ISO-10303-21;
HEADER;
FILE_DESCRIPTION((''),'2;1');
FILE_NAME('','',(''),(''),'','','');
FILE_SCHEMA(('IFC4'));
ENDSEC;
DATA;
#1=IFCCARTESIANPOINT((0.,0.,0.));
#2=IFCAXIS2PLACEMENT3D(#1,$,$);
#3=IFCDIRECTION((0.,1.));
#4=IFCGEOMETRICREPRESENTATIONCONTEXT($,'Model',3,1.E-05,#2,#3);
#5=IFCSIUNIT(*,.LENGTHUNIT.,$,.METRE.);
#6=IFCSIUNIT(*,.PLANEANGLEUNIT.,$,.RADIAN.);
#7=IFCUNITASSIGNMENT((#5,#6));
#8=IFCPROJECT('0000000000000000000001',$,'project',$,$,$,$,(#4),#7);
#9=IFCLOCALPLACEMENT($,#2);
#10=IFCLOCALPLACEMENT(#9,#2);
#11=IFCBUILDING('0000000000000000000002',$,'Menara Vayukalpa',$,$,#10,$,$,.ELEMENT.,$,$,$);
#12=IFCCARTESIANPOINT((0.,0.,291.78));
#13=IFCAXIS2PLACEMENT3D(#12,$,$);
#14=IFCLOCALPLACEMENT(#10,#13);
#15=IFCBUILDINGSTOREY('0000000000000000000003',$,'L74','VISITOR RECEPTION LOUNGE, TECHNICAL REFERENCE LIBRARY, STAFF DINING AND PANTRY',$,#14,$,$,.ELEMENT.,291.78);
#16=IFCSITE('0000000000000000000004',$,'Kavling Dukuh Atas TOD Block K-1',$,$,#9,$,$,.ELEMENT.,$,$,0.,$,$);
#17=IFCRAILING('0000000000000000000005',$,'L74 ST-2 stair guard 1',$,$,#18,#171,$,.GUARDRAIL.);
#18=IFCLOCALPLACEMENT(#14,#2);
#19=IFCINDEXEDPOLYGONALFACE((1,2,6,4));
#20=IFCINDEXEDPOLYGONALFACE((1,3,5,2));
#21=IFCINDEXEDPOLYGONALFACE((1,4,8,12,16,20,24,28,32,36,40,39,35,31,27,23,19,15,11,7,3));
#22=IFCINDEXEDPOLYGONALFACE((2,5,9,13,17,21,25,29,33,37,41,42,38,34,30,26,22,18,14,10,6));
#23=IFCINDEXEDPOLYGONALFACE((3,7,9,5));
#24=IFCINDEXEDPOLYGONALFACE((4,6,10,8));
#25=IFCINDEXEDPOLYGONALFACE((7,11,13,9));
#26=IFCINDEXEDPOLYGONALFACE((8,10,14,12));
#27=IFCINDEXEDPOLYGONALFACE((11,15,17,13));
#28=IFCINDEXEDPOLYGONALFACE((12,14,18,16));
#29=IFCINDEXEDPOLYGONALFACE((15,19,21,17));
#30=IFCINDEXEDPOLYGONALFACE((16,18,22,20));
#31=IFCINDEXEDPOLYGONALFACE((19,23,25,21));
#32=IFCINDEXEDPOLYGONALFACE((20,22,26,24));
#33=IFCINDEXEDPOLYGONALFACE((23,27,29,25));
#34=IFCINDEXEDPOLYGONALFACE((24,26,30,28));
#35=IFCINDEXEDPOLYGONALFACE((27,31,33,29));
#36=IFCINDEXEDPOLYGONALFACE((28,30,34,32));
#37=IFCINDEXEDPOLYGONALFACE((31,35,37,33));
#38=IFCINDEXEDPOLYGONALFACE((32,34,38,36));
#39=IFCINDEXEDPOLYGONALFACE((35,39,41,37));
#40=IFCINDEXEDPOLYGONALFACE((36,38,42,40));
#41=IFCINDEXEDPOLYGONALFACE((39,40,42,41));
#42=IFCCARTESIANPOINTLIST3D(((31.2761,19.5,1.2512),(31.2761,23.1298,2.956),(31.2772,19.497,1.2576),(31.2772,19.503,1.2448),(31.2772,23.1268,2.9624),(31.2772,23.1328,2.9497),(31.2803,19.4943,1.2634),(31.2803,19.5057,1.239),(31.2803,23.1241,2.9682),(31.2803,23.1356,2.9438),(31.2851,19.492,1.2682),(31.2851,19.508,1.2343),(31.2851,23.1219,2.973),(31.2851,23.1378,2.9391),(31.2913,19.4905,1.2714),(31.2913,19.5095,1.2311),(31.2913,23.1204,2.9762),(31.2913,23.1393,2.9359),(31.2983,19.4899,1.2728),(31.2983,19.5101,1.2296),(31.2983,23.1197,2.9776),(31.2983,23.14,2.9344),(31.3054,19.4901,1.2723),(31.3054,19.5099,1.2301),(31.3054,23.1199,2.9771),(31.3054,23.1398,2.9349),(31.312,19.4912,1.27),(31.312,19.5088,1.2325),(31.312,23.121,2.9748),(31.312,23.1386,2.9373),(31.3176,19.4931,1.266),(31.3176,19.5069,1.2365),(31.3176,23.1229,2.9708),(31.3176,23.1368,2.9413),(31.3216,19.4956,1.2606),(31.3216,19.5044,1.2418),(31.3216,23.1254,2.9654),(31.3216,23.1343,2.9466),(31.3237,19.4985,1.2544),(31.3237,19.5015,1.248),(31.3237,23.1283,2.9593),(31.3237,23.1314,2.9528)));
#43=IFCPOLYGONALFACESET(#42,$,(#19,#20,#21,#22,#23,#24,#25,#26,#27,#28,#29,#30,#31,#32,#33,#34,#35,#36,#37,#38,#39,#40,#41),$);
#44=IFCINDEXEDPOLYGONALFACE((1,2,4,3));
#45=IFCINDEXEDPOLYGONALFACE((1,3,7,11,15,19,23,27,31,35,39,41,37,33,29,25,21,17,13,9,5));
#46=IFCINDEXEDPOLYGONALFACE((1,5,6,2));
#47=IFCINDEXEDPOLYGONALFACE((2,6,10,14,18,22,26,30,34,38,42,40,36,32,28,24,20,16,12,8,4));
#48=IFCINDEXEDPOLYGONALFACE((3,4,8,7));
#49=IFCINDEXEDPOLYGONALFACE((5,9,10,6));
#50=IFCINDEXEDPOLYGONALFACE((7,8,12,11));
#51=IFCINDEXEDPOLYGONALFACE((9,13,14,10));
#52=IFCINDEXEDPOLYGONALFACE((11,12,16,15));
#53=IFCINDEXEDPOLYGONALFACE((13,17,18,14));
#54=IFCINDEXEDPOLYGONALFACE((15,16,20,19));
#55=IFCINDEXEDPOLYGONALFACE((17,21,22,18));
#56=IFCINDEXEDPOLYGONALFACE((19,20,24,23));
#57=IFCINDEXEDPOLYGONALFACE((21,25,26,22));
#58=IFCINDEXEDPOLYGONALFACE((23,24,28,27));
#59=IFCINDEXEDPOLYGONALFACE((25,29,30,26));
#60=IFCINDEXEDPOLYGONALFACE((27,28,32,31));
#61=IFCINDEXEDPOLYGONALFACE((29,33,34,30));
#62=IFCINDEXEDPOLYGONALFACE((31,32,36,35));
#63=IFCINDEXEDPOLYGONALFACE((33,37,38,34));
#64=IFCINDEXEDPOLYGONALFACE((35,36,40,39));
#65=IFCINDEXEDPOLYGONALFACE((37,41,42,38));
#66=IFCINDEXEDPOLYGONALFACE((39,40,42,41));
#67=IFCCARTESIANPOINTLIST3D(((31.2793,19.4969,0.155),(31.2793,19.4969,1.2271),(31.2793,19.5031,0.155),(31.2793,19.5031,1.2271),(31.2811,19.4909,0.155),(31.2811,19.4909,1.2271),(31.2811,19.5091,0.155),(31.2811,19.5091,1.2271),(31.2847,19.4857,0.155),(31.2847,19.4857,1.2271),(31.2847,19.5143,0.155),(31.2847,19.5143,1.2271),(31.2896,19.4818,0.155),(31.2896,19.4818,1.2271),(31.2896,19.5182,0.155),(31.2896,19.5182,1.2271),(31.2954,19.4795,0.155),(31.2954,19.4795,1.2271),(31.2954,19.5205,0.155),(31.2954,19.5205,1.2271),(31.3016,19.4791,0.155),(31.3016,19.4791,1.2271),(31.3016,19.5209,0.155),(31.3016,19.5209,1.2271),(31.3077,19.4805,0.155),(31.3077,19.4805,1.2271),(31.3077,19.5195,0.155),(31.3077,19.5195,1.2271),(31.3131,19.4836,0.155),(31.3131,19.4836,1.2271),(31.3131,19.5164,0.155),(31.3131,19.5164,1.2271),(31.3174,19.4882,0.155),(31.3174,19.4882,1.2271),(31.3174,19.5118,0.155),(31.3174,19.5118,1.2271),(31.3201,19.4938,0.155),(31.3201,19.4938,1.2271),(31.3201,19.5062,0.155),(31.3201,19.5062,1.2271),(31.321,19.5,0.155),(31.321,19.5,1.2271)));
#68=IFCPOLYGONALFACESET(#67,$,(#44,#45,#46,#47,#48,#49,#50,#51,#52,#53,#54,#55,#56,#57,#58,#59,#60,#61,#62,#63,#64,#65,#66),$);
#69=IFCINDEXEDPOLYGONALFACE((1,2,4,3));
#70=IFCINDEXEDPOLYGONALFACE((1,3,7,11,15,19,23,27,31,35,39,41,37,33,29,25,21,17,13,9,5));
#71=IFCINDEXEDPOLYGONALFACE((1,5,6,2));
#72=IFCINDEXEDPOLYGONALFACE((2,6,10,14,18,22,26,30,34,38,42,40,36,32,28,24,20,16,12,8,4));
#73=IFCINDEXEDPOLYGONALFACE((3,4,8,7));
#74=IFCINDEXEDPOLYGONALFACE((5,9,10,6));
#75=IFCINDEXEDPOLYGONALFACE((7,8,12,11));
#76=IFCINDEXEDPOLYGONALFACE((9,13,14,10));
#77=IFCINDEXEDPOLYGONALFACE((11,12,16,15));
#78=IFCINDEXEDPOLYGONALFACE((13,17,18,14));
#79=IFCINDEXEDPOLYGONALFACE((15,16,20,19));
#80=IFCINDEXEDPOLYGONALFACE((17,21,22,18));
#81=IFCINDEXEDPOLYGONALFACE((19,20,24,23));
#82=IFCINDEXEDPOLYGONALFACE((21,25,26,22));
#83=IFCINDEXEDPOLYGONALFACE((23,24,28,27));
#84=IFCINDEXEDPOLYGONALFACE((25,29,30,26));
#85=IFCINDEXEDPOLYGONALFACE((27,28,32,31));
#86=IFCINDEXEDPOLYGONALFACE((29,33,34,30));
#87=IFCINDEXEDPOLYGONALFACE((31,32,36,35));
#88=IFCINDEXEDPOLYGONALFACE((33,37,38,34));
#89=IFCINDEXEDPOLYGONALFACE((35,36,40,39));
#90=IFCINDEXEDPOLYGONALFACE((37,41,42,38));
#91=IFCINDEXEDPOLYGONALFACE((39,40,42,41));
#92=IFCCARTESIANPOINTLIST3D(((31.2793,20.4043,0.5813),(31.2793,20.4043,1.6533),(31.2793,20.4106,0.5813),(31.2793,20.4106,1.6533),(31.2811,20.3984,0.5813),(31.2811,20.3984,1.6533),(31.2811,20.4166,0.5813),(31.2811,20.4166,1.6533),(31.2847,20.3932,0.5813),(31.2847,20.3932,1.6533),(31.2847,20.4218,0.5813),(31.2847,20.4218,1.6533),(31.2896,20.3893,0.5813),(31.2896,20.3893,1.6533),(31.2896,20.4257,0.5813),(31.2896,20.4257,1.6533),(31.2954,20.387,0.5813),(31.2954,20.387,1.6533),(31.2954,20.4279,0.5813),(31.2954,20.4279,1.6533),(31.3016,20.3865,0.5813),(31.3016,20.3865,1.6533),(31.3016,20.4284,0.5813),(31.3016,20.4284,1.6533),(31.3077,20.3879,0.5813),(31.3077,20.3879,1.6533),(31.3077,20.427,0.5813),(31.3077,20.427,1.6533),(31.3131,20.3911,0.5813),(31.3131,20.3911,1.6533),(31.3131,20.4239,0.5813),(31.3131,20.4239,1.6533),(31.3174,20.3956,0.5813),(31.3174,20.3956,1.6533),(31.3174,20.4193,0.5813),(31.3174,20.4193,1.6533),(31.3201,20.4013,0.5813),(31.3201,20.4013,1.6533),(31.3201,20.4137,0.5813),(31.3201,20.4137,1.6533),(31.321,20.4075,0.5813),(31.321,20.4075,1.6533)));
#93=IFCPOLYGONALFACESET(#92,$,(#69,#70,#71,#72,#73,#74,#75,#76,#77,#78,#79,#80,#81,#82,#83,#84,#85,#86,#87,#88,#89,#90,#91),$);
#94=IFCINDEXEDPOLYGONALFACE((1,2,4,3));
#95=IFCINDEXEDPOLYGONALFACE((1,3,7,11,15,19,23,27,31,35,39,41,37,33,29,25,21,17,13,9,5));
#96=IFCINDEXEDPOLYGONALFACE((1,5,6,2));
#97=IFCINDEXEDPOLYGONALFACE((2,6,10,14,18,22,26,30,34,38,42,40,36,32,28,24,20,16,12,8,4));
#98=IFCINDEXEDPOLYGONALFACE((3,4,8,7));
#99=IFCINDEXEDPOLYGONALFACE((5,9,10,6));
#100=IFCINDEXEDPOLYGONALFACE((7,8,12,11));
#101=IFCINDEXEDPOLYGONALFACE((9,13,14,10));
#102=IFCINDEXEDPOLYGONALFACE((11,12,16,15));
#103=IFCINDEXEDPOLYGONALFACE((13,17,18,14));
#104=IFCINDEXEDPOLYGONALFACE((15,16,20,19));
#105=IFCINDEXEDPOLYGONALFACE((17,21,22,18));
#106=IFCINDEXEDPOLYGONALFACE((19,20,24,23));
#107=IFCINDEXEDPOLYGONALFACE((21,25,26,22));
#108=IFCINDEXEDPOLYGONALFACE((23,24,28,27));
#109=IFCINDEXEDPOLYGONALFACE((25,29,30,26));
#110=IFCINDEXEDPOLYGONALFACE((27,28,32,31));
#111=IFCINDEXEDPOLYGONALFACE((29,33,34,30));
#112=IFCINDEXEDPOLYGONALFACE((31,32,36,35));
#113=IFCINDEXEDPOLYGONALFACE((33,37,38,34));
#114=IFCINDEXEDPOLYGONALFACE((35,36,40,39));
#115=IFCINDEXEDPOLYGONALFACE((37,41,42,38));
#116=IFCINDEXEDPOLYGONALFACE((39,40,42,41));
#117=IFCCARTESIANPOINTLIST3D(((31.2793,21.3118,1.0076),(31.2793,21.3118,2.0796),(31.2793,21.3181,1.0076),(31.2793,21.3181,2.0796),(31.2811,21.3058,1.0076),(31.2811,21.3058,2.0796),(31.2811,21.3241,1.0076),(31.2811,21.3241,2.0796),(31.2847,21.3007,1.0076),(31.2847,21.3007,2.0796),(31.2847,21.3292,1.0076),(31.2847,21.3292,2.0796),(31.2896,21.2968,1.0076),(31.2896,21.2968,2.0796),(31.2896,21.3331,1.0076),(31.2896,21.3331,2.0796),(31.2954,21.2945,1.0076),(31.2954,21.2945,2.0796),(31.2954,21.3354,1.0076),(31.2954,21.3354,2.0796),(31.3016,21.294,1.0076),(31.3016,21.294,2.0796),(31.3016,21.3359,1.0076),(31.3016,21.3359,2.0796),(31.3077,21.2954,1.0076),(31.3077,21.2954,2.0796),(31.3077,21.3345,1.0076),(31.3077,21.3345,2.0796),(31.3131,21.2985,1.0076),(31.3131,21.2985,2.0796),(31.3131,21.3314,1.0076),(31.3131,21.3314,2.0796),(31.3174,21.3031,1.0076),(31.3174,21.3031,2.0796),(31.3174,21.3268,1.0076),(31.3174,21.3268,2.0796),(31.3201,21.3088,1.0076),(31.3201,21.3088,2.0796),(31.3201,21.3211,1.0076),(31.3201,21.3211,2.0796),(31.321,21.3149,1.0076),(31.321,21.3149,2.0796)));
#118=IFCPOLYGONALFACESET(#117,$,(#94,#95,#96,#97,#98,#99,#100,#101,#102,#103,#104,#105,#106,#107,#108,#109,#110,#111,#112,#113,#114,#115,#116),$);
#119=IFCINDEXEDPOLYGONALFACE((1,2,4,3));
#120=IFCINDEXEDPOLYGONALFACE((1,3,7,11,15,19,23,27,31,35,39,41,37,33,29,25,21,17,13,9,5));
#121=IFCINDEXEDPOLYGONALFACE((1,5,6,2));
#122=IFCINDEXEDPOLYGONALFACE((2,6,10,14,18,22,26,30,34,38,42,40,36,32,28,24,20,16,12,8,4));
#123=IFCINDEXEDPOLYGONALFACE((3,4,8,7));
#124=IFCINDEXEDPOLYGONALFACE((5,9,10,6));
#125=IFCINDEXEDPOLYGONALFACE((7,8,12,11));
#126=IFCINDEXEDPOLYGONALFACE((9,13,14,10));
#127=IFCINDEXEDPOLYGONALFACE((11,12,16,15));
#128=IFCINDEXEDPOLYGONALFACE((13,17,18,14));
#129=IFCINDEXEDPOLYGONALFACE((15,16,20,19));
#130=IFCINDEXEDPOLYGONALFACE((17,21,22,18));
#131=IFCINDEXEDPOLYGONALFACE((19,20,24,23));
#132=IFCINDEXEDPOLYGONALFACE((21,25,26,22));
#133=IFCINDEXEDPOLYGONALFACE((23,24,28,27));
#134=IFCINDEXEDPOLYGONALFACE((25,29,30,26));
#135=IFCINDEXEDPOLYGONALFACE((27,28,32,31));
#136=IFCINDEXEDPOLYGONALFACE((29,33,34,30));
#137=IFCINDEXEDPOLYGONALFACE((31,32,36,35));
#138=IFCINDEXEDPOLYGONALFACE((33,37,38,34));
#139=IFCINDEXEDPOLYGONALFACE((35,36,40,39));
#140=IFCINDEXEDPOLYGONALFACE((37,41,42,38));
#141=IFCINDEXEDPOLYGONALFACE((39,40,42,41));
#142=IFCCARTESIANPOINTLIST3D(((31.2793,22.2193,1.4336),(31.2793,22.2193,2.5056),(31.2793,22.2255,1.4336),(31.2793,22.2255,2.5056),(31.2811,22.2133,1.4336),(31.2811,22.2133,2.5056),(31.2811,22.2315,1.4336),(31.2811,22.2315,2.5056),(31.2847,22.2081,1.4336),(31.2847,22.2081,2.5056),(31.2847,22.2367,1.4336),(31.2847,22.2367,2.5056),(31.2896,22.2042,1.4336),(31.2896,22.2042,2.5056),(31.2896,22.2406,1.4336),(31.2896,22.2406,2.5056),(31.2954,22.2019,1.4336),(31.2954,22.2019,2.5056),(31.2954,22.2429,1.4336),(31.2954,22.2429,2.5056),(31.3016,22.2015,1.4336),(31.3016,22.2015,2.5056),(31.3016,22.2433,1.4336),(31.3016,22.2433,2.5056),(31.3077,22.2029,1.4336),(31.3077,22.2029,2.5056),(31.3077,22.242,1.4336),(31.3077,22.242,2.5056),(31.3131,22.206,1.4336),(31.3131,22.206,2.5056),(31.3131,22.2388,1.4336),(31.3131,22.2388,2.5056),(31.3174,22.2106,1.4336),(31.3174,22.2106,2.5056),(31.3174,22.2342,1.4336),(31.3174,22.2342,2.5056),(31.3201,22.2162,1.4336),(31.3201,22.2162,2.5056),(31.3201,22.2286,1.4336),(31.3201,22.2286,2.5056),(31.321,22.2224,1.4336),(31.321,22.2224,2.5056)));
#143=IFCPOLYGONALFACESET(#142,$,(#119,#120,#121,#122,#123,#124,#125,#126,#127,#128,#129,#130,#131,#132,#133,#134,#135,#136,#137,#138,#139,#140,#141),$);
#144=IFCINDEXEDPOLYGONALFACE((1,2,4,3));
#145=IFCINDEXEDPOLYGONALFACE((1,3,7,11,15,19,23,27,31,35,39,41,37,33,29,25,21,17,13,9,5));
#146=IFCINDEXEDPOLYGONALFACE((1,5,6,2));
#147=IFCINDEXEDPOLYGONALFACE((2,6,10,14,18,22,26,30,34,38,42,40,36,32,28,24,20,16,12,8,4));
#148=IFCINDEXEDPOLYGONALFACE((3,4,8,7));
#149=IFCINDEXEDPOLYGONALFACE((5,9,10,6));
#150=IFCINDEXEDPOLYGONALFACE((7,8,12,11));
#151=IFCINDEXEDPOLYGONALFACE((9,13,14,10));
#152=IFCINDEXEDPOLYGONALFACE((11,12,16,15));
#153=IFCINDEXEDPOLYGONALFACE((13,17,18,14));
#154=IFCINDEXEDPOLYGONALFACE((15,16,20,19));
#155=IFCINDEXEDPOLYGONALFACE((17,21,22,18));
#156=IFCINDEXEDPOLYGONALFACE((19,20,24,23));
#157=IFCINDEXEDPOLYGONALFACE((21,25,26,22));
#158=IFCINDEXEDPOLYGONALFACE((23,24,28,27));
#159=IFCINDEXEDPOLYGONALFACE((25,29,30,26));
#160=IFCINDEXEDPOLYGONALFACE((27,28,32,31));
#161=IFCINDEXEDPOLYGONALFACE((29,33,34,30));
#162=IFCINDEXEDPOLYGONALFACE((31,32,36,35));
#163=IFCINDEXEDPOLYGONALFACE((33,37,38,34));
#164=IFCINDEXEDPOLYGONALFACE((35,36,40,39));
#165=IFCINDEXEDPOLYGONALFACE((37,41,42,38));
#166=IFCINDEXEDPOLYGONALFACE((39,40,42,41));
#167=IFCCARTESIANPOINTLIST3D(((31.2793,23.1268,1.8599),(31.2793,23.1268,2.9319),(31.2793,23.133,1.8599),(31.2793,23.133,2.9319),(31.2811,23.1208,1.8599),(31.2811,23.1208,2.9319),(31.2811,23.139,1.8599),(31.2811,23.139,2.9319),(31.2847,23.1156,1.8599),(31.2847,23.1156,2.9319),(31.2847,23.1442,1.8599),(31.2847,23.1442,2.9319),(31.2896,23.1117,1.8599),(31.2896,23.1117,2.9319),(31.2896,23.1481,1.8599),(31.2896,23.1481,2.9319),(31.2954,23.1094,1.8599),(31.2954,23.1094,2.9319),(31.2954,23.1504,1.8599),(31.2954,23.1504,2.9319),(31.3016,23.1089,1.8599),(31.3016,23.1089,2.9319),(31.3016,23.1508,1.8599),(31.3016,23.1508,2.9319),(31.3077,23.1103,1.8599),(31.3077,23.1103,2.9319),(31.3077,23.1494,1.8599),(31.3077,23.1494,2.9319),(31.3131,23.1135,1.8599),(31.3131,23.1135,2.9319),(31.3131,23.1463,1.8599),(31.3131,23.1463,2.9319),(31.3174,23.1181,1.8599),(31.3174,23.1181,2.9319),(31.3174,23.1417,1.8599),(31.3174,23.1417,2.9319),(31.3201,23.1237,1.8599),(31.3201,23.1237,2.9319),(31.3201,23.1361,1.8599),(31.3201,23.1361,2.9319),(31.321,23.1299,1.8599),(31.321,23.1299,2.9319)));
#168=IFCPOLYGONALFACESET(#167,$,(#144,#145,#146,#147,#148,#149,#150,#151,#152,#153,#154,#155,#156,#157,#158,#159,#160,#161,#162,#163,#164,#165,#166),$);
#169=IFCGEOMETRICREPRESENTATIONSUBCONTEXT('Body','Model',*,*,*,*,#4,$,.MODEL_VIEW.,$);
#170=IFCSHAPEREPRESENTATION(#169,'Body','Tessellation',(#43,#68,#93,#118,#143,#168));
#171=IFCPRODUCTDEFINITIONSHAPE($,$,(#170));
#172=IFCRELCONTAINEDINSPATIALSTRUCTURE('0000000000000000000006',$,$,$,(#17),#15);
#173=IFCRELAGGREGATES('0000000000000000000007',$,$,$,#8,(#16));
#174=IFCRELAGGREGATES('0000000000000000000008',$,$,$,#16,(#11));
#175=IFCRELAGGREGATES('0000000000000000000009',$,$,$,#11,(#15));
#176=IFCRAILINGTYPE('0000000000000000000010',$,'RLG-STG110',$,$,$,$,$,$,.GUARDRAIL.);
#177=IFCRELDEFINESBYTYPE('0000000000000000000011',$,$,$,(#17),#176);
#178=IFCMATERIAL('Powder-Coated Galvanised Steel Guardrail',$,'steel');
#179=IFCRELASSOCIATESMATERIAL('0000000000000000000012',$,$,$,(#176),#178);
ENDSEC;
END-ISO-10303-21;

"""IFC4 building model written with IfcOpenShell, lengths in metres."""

from ifc_helpers import new_model, si_unit, direction, frame, origin, origin_2d, place, context, subcontext, project, spatial, circle, extrude, material, type_object, element, save


model = new_model("IFC4")

# Units and contexts
model_context = context("Model", 3, precision=1e-05, world=origin(), true_north=direction((0.0, 1.0)))
body_context = subcontext(model_context, "Body", "Model", "MODEL_VIEW")
ifc_project = project(units=[si_unit("LENGTHUNIT", "METRE"), si_unit("PLANEANGLEUNIT", "RADIAN")], contexts=[model_context])

# Site, building, storey
site_placement = place(None, origin())
site = spatial("IfcSite", under=ifc_project, at=site_placement, Name="Kavling Dukuh Atas TOD Block K-1", CompositionType="ELEMENT", RefElevation=0.0)
building_placement = place(site_placement, origin())
building = spatial("IfcBuilding", under=site, at=building_placement, Name="Menara Vayukalpa", CompositionType="ELEMENT")
storey_placement = place(building_placement, frame((0.0, 0.0, 291.78)))
storey = spatial("IfcBuildingStorey", under=building, at=storey_placement, Name="L74", Description="VISITOR RECEPTION LOUNGE, TECHNICAL REFERENCE LIBRARY, STAFF DINING AND PANTRY", CompositionType="ELEMENT", Elevation=291.78)

# Railing
ifc_material_1 = material(Name="Powder-Coated Galvanised Steel Guardrail", Category="steel")
railing_type_1 = type_object("IfcRailingType", Name="RLG-STG110", PredefinedType="GUARDRAIL", material=ifc_material_1)
railing_1_placement = place(storey_placement, frame((31.3, 19.5, 0.155)))
element("IfcRailing", 1, at=railing_1_placement, inside=storey, type_object=railing_type_1, Name="L74 ST-2 stair guard 1", PredefinedType="GUARDRAIL", context=body_context, shape_type="SweptSolid", body=[
    extrude(circle(Radius=0.0239, at=origin_2d()), frame((0.0, 0.0, 1.0962), z_axis=(0.0, 0.90514, 0.425114), x_axis=(-1.0, 0.0, 0.0)), (0.0, 0.0, 1.0), 4.0103),
    extrude(circle(Radius=0.021, at=origin_2d()), origin(), (0.0, 0.0, 1.0), 1.072),
    extrude(circle(Radius=0.021, at=origin_2d()), frame((0.0, 0.9075, 0.4263)), (0.0, 0.0, 1.0), 1.072),
    extrude(circle(Radius=0.021, at=origin_2d()), frame((0.0, 1.8149, 0.8525)), (0.0, 0.0, 1.0), 1.072),
    extrude(circle(Radius=0.021, at=origin_2d()), frame((0.0, 2.7224, 1.2786)), (0.0, 0.0, 1.0), 1.072),
    extrude(circle(Radius=0.021, at=origin_2d()), frame((0.0, 3.6299, 1.7048)), (0.0, 0.0, 1.0), 1.072),
])

save(model, "model.ifc")
